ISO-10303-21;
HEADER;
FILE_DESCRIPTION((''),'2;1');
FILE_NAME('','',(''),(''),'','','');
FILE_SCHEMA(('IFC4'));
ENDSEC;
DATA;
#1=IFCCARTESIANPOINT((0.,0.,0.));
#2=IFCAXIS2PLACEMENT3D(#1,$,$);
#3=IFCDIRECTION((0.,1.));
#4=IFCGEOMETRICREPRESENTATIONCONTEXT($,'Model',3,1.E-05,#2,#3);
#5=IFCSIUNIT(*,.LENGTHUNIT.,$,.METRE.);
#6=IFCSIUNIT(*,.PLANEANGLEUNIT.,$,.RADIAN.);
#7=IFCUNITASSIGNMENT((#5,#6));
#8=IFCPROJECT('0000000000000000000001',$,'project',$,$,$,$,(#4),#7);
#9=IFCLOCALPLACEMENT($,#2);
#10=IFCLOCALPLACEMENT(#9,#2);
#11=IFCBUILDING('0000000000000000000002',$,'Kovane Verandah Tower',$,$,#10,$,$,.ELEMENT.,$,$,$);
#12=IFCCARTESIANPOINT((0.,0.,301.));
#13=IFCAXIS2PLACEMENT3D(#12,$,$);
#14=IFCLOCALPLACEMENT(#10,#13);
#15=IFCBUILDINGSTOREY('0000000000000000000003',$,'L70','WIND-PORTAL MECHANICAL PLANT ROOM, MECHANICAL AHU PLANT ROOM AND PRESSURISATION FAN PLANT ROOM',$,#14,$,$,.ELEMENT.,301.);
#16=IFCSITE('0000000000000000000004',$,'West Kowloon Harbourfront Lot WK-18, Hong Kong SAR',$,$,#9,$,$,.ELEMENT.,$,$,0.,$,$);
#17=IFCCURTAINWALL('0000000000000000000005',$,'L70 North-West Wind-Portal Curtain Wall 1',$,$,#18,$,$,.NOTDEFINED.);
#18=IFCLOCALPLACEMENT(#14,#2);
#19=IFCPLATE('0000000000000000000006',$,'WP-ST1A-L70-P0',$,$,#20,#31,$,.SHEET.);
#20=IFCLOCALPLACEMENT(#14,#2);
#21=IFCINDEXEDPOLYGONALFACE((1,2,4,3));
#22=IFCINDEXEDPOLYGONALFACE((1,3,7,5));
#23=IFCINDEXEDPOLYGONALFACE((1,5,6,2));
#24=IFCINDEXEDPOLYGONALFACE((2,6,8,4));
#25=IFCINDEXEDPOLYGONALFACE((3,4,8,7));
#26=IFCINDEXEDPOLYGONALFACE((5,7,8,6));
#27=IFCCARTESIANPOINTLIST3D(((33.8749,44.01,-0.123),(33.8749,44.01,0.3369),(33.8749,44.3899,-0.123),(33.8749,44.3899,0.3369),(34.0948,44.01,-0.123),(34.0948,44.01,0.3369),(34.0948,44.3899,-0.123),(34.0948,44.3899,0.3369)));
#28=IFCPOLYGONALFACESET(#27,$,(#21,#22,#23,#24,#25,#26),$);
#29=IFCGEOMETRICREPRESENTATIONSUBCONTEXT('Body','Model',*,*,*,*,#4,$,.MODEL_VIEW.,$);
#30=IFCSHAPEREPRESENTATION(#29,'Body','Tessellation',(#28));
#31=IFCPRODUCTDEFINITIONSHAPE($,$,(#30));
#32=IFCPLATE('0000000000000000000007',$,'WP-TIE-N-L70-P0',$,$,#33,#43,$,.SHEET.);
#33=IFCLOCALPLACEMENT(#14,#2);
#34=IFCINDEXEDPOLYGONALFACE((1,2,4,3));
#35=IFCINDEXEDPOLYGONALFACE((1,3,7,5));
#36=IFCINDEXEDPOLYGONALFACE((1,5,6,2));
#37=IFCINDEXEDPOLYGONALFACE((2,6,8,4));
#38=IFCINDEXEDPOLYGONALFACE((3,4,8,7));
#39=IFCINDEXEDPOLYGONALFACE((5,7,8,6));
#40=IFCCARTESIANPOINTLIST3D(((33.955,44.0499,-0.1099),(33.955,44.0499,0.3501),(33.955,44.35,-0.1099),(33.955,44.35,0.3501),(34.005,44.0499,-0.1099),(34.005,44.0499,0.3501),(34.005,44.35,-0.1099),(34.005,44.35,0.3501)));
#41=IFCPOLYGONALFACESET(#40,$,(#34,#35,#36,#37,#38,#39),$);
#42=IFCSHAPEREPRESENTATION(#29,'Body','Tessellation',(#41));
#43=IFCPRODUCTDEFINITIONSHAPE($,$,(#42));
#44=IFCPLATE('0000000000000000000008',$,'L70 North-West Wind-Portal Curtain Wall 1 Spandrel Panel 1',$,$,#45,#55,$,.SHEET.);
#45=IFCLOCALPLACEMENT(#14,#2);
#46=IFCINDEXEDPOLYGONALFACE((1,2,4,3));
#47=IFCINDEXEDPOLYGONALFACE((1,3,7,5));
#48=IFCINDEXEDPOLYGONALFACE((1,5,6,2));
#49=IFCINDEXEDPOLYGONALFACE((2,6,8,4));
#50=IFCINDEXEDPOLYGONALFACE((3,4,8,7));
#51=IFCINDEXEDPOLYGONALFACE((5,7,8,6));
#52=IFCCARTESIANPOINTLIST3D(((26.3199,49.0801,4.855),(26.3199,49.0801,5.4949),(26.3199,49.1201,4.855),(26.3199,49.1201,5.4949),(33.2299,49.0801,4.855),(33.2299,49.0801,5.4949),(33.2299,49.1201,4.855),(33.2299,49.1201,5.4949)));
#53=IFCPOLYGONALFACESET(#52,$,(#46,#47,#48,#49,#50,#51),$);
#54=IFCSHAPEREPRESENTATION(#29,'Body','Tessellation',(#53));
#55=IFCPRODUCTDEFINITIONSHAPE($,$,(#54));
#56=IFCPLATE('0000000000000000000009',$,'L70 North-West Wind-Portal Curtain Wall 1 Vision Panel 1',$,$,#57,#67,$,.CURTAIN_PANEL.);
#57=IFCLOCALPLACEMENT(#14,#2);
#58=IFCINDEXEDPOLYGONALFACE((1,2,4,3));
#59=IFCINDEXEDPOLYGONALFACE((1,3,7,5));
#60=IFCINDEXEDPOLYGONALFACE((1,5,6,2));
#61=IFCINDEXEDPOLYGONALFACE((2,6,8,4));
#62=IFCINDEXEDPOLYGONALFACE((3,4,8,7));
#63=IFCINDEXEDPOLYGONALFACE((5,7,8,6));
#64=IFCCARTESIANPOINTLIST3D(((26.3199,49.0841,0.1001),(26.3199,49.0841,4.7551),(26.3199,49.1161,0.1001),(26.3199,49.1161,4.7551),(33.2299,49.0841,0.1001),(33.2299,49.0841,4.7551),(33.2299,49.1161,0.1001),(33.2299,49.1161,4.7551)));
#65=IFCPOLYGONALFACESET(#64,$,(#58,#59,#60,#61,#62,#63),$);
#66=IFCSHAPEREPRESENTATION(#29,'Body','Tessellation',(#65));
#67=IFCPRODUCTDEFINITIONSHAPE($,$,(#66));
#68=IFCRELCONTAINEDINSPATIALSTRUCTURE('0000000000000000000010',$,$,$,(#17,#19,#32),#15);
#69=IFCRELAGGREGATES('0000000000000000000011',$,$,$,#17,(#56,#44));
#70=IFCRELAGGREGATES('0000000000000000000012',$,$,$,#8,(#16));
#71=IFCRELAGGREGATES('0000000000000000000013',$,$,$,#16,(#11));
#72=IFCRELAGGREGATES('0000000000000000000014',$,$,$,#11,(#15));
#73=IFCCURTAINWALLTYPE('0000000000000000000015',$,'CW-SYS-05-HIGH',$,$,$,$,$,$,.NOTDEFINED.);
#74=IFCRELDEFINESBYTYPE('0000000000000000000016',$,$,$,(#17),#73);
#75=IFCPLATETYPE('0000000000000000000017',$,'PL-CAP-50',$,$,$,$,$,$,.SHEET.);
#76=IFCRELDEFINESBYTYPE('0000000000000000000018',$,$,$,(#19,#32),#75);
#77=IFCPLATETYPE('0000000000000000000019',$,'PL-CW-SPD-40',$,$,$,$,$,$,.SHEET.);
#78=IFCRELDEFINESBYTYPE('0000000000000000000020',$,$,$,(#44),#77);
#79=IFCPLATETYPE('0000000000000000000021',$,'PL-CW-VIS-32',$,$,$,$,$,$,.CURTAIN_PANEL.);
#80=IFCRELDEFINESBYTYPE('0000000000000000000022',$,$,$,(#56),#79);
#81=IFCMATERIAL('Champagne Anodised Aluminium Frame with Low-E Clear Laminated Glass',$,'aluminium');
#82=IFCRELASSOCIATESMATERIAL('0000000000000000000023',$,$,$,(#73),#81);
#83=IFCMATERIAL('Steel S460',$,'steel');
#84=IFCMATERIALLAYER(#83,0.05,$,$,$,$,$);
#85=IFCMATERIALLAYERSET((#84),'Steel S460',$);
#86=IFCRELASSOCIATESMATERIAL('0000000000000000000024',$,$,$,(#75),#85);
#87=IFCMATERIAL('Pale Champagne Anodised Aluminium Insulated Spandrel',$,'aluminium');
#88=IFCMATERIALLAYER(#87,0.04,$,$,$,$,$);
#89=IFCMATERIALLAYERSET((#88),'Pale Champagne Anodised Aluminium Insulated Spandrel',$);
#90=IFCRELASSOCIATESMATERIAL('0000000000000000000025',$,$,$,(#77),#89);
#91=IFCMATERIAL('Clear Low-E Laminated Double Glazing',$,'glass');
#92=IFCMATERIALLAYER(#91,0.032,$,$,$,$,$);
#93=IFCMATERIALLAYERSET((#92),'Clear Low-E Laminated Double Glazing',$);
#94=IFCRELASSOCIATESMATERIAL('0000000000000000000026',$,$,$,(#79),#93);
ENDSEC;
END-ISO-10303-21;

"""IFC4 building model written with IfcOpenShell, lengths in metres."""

from ifc_helpers import new_model, si_unit, direction, frame, origin, origin_2d, place, context, subcontext, project, spatial, rectangle, extrude, material, layer, layer_set, type_object, element, aggregate, save


model = new_model("IFC4")

# Units and contexts
model_context = context("Model", 3, precision=1e-05, world=origin(), true_north=direction((0.0, 1.0)))
body_context = subcontext(model_context, "Body", "Model", "MODEL_VIEW")
ifc_project = project(units=[si_unit("LENGTHUNIT", "METRE"), si_unit("PLANEANGLEUNIT", "RADIAN")], contexts=[model_context])

# Site, building, storey
site_placement = place(None, origin())
site = spatial("IfcSite", under=ifc_project, at=site_placement, Name="West Kowloon Harbourfront Lot WK-18, Hong Kong SAR", CompositionType="ELEMENT", RefElevation=0.0)
building_placement = place(site_placement, origin())
building = spatial("IfcBuilding", under=site, at=building_placement, Name="Kovane Verandah Tower", CompositionType="ELEMENT")
storey_placement = place(building_placement, frame((0.0, 0.0, 301.0)))
storey = spatial("IfcBuildingStorey", under=building, at=storey_placement, Name="L70", Description="WIND-PORTAL MECHANICAL PLANT ROOM, MECHANICAL AHU PLANT ROOM AND PRESSURISATION FAN PLANT ROOM", CompositionType="ELEMENT", Elevation=301.0)

# Shared definitions
ifc_material_1 = material(Name="Steel S460", Category="steel")

# Curtain wall
ifc_material_2 = material(Name="Champagne Anodised Aluminium Frame with Low-E Clear Laminated Glass", Category="aluminium")
curtain_wall_type = type_object("IfcCurtainWallType", Name="CW-SYS-05-HIGH", PredefinedType="NOTDEFINED", material=ifc_material_2)
curtain_wall_placement = place(storey_placement, origin())
curtain_wall = element("IfcCurtainWall", 1, at=curtain_wall_placement, inside=storey, type_object=curtain_wall_type, Name="L70 North-West Wind-Portal Curtain Wall 1", PredefinedType="NOTDEFINED")

# Plates
ifc_layer_1 = layer(ifc_material_1, 0.05)
ifc_layer_set_1 = layer_set([ifc_layer_1], Name="Steel S460")
plate_type_1 = type_object("IfcPlateType", Name="PL-CAP-50", PredefinedType="SHEET", material=ifc_layer_set_1)
plate_1_placement = place(storey_placement, frame((33.9849, 44.2, -0.123), z_axis=(0.0, 0.0, 1.0), x_axis=(1.0, 0.0, 0.0)))
element("IfcPlate", 2, at=plate_1_placement, inside=storey, type_object=plate_type_1, Name="WP-ST1A-L70-P0", PredefinedType="SHEET", context=body_context, shape_type="SweptSolid", body=[
    extrude(rectangle(XDim=0.22, YDim=0.3799, at=origin_2d()), origin(), (0.0, 0.0, 1.0), 0.46),
])
plate_2_placement = place(storey_placement, frame((33.98, 44.2, -0.1099), z_axis=(0.0, 0.0, 1.0), x_axis=(1.0, 0.0, 0.0)))
element("IfcPlate", 3, at=plate_2_placement, inside=storey, type_object=plate_type_1, Name="WP-TIE-N-L70-P0", PredefinedType="SHEET", context=body_context, shape_type="SweptSolid", body=[
    extrude(rectangle(XDim=0.05, YDim=0.3, at=origin_2d()), origin(), (0.0, 0.0, 1.0), 0.46),
])

# Plates
ifc_material_3 = material(Name="Pale Champagne Anodised Aluminium Insulated Spandrel", Category="aluminium")
ifc_layer_2 = layer(ifc_material_3, 0.04)
ifc_layer_set_2 = layer_set([ifc_layer_2], Name="Pale Champagne Anodised Aluminium Insulated Spandrel")
plate_type_2 = type_object("IfcPlateType", Name="PL-CW-SPD-40", PredefinedType="SHEET", material=ifc_layer_set_2)
plate_3_placement = place(storey_placement, frame((29.7749, 49.1001, 4.855), z_axis=(0.0, 0.0, 1.0), x_axis=(-1.0, 0.0, 0.0)))
plate_3 = element("IfcPlate", 4, at=plate_3_placement, type_object=plate_type_2, Name="L70 North-West Wind-Portal Curtain Wall 1 Spandrel Panel 1", PredefinedType="SHEET", context=body_context, shape_type="SweptSolid", body=[
    extrude(rectangle(XDim=6.9099, YDim=0.04, at=origin_2d()), origin(), (0.0, 0.0, 1.0), 0.6399),
])
ifc_material_4 = material(Name="Clear Low-E Laminated Double Glazing", Category="glass")
ifc_layer_3 = layer(ifc_material_4, 0.032)
ifc_layer_set_3 = layer_set([ifc_layer_3], Name="Clear Low-E Laminated Double Glazing")
plate_type_3 = type_object("IfcPlateType", Name="PL-CW-VIS-32", PredefinedType="CURTAIN_PANEL", material=ifc_layer_set_3)
plate_4_placement = place(storey_placement, frame((29.7749, 49.1001, 0.1001), z_axis=(0.0, 0.0, 1.0), x_axis=(-1.0, 0.0, 0.0)))
plate_4 = element("IfcPlate", 5, at=plate_4_placement, type_object=plate_type_3, Name="L70 North-West Wind-Portal Curtain Wall 1 Vision Panel 1", PredefinedType="CURTAIN_PANEL", context=body_context, shape_type="SweptSolid", body=[
    extrude(rectangle(XDim=6.9099, YDim=0.032, at=origin_2d()), origin(), (0.0, 0.0, 1.0), 4.655),
])
aggregate(curtain_wall, [plate_4, plate_3])

save(model, "model.ifc")
